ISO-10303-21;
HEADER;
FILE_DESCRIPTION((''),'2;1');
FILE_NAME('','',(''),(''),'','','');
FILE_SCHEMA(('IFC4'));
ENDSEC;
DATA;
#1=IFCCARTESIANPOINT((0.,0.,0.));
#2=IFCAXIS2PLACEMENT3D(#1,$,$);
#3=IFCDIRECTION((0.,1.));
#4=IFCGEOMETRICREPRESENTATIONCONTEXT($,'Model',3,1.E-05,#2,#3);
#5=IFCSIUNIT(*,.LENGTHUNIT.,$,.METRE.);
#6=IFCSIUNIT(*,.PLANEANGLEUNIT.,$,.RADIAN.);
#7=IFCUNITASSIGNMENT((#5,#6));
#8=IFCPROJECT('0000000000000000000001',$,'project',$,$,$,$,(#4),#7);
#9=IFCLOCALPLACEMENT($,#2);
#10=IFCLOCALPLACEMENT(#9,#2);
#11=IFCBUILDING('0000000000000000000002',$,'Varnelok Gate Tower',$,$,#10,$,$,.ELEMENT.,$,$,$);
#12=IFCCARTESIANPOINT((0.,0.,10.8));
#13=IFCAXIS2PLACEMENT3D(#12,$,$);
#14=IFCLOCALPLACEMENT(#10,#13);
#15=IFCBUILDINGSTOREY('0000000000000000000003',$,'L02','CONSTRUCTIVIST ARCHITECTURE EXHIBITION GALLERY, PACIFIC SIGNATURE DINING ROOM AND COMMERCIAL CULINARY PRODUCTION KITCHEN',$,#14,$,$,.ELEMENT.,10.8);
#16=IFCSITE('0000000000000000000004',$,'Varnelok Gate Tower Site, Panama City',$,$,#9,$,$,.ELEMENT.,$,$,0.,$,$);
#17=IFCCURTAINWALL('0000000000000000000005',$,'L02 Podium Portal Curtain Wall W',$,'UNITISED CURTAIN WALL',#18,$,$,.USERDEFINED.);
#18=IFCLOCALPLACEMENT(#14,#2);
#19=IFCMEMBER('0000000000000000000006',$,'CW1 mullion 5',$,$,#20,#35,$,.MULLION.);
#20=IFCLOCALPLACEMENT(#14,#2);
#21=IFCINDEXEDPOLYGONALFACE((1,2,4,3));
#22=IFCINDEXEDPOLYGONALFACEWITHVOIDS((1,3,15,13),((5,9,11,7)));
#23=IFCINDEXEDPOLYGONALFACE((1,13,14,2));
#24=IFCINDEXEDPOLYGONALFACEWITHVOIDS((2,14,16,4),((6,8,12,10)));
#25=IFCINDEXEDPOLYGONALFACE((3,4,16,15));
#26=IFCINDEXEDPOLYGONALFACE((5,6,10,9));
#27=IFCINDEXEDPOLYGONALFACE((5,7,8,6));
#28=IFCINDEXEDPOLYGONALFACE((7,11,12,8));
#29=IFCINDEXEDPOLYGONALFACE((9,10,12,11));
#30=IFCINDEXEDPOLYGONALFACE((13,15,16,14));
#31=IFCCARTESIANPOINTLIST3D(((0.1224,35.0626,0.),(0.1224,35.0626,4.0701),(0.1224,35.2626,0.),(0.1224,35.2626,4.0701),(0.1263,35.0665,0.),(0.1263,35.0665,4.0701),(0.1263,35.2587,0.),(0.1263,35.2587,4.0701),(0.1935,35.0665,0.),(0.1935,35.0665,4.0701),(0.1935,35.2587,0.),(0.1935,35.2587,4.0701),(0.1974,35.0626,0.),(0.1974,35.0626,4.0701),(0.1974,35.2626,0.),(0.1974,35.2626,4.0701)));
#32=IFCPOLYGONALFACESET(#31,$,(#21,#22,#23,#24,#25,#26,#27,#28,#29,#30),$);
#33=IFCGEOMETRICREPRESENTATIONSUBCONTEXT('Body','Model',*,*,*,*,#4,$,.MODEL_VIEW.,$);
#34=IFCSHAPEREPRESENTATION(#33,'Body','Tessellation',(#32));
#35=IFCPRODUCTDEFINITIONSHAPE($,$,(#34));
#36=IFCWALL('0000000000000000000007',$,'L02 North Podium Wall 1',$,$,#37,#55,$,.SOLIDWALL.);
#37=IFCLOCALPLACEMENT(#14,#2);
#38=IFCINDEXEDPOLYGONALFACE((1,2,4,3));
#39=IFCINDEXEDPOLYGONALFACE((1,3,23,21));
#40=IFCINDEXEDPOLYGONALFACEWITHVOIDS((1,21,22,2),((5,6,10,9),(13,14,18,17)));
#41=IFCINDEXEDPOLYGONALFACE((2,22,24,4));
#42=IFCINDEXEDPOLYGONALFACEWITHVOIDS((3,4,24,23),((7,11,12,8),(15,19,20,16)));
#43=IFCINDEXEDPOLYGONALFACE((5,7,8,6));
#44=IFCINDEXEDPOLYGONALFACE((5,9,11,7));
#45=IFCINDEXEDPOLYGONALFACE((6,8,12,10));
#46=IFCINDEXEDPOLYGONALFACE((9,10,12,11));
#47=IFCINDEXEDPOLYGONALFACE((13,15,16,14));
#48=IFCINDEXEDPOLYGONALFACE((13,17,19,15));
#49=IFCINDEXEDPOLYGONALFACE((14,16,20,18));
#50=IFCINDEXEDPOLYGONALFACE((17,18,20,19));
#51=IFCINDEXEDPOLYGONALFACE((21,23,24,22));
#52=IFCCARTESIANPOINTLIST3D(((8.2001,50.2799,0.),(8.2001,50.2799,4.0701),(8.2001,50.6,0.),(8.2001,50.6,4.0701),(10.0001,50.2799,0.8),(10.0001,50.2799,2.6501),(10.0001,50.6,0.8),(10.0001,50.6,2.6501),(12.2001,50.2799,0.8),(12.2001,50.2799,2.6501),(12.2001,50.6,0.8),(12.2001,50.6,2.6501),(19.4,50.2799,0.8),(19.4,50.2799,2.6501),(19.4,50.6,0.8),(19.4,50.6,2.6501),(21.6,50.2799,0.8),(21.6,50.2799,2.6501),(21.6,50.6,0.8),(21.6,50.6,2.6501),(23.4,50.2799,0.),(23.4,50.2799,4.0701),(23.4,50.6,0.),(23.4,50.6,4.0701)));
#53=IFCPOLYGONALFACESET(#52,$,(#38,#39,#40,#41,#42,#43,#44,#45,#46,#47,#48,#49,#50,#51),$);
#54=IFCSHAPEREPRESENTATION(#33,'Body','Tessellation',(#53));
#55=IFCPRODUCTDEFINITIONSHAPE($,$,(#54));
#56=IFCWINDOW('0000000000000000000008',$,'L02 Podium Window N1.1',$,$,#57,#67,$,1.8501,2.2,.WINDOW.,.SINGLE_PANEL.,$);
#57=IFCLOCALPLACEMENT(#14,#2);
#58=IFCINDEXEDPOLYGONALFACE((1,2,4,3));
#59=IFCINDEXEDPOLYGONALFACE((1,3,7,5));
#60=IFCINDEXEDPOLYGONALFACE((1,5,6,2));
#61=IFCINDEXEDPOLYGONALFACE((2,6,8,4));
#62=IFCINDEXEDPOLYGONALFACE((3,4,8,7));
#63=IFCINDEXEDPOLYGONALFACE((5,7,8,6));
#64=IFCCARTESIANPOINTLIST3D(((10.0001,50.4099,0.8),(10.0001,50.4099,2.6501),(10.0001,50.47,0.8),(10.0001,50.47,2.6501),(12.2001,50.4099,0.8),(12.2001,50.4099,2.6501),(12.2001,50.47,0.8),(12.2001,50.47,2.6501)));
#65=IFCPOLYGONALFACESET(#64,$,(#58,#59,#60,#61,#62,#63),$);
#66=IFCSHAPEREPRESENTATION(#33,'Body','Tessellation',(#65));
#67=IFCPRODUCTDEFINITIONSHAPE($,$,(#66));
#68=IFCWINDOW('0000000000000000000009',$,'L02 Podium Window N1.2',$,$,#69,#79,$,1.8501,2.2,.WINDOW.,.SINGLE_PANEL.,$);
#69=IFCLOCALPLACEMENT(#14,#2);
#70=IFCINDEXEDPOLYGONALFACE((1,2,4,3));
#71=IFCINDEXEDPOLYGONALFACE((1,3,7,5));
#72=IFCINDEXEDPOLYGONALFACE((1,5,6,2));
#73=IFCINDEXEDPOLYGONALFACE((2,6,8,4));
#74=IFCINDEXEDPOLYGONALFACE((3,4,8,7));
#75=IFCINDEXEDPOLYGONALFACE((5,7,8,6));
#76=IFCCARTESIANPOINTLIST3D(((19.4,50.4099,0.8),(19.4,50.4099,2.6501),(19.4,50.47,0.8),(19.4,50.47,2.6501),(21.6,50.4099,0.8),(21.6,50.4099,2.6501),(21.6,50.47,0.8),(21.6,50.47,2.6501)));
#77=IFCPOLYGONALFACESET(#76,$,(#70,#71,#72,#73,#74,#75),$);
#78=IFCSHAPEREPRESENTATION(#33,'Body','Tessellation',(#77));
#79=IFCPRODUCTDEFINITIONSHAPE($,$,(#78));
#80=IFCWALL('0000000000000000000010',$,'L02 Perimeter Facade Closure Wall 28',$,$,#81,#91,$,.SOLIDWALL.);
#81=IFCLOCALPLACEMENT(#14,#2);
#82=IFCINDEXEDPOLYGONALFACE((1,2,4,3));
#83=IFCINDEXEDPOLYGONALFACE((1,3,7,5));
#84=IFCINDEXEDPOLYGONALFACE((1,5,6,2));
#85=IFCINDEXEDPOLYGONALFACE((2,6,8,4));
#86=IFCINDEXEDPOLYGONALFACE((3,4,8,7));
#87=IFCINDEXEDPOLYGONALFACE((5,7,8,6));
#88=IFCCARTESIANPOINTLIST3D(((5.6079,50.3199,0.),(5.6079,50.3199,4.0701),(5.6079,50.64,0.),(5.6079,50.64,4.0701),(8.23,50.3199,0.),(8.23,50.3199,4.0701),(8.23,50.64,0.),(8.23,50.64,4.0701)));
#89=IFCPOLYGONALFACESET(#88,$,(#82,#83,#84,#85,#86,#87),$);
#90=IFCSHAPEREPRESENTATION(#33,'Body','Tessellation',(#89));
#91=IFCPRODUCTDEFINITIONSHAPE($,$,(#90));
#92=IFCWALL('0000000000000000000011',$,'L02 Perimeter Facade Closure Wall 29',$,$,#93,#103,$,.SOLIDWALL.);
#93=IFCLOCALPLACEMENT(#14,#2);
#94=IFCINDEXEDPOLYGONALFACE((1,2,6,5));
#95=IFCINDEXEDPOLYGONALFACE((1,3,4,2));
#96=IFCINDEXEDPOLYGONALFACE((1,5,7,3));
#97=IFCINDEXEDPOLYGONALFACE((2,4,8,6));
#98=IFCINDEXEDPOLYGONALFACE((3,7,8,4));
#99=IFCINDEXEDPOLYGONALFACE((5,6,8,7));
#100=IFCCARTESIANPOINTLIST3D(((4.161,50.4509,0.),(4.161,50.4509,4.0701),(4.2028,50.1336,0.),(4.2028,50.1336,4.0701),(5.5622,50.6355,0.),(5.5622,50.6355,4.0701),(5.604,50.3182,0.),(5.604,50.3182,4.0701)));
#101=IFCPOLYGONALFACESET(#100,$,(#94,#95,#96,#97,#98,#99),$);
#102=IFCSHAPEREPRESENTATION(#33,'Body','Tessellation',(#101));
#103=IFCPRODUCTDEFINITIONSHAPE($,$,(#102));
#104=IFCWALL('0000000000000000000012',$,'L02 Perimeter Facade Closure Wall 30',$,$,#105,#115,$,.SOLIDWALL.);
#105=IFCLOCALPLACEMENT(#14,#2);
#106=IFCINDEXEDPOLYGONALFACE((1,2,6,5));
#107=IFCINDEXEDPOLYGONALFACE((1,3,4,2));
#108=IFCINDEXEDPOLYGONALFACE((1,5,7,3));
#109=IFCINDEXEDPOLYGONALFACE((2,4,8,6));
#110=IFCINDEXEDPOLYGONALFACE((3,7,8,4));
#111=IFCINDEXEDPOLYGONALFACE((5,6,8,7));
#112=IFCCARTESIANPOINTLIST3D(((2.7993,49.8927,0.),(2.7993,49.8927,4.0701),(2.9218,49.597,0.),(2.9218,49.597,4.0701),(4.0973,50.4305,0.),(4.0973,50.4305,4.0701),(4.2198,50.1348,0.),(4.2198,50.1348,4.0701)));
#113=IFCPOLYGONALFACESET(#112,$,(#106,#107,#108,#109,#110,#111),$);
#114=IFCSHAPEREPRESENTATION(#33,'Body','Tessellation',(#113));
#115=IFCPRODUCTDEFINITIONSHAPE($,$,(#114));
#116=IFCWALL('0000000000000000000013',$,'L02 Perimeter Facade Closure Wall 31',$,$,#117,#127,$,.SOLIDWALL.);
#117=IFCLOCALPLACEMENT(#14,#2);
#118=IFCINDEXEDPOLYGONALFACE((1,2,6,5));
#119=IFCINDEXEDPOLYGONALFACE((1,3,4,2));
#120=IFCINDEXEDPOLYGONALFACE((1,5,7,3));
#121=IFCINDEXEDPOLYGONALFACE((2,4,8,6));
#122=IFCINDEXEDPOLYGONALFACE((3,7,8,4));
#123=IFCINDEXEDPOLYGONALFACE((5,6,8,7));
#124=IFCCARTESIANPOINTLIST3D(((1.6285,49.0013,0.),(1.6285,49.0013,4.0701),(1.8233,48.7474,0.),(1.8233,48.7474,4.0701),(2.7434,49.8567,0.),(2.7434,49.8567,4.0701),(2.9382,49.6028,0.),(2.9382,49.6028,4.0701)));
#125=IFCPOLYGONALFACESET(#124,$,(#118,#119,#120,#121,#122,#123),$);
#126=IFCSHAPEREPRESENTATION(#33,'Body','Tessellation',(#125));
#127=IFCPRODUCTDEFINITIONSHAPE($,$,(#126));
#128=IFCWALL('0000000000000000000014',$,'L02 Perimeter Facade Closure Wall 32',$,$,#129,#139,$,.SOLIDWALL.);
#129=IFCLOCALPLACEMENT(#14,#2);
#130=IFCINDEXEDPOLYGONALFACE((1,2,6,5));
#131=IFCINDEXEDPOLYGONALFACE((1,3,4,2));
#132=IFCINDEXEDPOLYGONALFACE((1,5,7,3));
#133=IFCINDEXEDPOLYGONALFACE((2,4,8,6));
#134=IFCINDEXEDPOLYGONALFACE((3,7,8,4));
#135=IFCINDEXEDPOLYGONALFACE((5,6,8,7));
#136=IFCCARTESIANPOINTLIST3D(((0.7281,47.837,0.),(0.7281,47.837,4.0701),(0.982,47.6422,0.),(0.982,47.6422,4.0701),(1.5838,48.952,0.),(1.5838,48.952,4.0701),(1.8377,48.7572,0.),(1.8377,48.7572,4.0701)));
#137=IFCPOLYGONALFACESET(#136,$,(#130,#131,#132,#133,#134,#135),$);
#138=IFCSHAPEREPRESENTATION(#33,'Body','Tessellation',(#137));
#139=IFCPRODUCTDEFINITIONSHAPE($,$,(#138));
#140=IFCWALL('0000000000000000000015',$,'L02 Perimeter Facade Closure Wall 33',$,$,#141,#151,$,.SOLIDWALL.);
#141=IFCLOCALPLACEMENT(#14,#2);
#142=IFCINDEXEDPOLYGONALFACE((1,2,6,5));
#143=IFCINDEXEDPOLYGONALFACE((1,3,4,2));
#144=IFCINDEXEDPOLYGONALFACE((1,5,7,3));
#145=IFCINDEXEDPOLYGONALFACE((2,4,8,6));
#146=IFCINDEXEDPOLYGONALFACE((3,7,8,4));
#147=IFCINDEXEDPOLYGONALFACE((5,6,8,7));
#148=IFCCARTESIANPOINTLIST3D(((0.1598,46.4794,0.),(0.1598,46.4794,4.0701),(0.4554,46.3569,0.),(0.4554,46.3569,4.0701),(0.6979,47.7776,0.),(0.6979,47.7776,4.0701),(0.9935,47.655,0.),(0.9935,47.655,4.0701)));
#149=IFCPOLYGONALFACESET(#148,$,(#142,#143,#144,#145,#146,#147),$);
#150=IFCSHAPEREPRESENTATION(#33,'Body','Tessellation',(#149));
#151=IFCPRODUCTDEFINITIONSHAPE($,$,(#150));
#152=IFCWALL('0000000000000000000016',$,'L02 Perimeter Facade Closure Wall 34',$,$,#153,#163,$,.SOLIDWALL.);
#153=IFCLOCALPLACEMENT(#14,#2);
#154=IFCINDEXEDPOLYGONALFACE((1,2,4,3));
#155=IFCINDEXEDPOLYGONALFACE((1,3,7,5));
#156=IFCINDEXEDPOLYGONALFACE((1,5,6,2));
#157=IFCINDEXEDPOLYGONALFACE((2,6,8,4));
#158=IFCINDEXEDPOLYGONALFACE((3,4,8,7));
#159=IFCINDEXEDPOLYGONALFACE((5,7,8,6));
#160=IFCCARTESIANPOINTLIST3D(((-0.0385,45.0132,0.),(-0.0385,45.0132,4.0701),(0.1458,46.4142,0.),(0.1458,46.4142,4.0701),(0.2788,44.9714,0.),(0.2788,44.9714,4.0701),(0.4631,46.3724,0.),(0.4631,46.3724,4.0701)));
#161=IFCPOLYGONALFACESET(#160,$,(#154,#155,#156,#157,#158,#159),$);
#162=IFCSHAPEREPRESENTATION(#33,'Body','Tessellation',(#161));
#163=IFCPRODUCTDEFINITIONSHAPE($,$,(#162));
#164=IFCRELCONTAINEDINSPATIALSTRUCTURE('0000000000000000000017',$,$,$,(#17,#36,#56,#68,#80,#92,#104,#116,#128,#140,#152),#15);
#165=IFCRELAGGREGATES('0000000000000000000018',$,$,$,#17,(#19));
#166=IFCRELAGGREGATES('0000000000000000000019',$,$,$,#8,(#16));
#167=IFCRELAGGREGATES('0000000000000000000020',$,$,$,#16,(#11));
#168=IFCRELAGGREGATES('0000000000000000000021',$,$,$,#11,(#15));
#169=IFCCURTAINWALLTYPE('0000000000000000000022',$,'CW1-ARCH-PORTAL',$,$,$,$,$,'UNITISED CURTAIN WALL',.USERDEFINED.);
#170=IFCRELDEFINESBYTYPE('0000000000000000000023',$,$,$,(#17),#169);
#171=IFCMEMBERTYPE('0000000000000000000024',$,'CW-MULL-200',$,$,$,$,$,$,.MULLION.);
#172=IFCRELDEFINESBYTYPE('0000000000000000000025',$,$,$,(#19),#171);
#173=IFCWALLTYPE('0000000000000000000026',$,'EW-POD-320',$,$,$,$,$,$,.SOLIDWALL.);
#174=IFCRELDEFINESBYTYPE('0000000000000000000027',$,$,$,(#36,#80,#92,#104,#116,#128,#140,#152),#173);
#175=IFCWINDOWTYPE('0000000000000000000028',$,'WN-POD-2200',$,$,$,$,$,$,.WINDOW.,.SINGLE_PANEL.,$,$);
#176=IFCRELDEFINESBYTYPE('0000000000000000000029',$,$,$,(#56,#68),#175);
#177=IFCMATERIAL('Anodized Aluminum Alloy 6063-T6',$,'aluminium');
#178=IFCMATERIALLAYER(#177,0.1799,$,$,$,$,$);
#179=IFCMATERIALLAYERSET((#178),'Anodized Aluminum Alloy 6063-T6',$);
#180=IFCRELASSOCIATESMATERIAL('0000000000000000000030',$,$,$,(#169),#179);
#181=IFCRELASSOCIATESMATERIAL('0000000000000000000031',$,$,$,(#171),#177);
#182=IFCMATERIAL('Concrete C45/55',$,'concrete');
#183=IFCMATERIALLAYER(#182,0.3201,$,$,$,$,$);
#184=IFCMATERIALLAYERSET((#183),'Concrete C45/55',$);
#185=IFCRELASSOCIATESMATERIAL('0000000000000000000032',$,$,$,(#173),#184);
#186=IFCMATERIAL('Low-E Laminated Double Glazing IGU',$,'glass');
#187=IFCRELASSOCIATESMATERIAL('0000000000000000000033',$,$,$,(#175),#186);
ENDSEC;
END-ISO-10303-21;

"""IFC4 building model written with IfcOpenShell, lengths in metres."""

from ifc_helpers import new_model, si_unit, direction, frame, frame_2d, origin, origin_2d, place, context, subcontext, project, spatial, rectangle, hollow_rectangle, extrude, material, layer, layer_set, material_profile, profile_set, type_object, element, fill, aggregate, save


model = new_model("IFC4")

# Units and contexts
model_context = context("Model", 3, precision=1e-05, world=origin(), true_north=direction((0.0, 1.0)))
body_context = subcontext(model_context, "Body", "Model", "MODEL_VIEW")
ifc_project = project(units=[si_unit("LENGTHUNIT", "METRE"), si_unit("PLANEANGLEUNIT", "RADIAN")], contexts=[model_context])

# Site, building, storey
site_placement = place(None, origin())
site = spatial("IfcSite", under=ifc_project, at=site_placement, Name="Varnelok Gate Tower Site, Panama City", CompositionType="ELEMENT", RefElevation=0.0)
building_placement = place(site_placement, origin())
building = spatial("IfcBuilding", under=site, at=building_placement, Name="Varnelok Gate Tower", CompositionType="ELEMENT")
storey_placement = place(building_placement, frame((0.0, 0.0, 10.8)))
storey = spatial("IfcBuildingStorey", under=building, at=storey_placement, Name="L02", Description="CONSTRUCTIVIST ARCHITECTURE EXHIBITION GALLERY, PACIFIC SIGNATURE DINING ROOM AND COMMERCIAL CULINARY PRODUCTION KITCHEN", CompositionType="ELEMENT", Elevation=10.8)

# Curtain wall, member
ifc_material_1 = material(Name="Anodized Aluminum Alloy 6063-T6", Category="aluminium")
ifc_layer_1 = layer(ifc_material_1, 0.1799)
ifc_layer_set_1 = layer_set([ifc_layer_1], Name="Anodized Aluminum Alloy 6063-T6")
curtain_wall_type = type_object("IfcCurtainWallType", Name="CW1-ARCH-PORTAL", ElementType="UNITISED CURTAIN WALL", PredefinedType="USERDEFINED", material=ifc_layer_set_1)
curtain_wall_placement = place(storey_placement, origin())
curtain_wall = element("IfcCurtainWall", 1, at=curtain_wall_placement, inside=storey, type_object=curtain_wall_type, Name="L02 Podium Portal Curtain Wall W", ObjectType="UNITISED CURTAIN WALL", PredefinedType="USERDEFINED")
ifc_material_profile_1 = material_profile(ifc_material_1, hollow_rectangle(XDim=0.075, YDim=0.2, WallThickness=0.0039, at=origin_2d()), Name="ALU200X75X4")
ifc_profile_set_1 = profile_set([ifc_material_profile_1], Name="Anodized Aluminum Alloy 6063-T6")
member_type = type_object("IfcMemberType", Name="CW-MULL-200", PredefinedType="MULLION", material=ifc_profile_set_1)
member_placement = place(storey_placement, frame((0.1599, 35.1626, 0.0), z_axis=(0.0, 0.0, 1.0), x_axis=(-1.0, 0.0, 0.0)))
member = element("IfcMember", 2, at=member_placement, type_object=member_type, Name="CW1 mullion 5", PredefinedType="MULLION", context=body_context, shape_type="SweptSolid", body=[
    extrude(hollow_rectangle(XDim=0.075, YDim=0.2, WallThickness=0.0039, at=origin_2d()), origin(), (0.0, 0.0, 1.0), 4.0701),
])
aggregate(curtain_wall, [member])

# Wall, openings, windows
ifc_material_2 = material(Name="Concrete C45/55", Category="concrete")
ifc_layer_2 = layer(ifc_material_2, 0.3201)
ifc_layer_set_2 = layer_set([ifc_layer_2], Name="Concrete C45/55")
wall_type_1 = type_object("IfcWallType", Name="EW-POD-320", PredefinedType="SOLIDWALL", material=ifc_layer_set_2)
wall_1_placement = place(storey_placement, frame((8.2, 50.4399, 0.0), z_axis=(0.0, 0.0, 1.0), x_axis=(1.0, 0.0, 0.0)))
wall_1 = element("IfcWall", 3, at=wall_1_placement, inside=storey, type_object=wall_type_1, Name="L02 North Podium Wall 1", PredefinedType="SOLIDWALL", context=body_context, shape_type="SweptSolid", body=[
    extrude(rectangle(XDim=15.2, YDim=0.3201, at=frame_2d((7.6001, 0.0))), origin(), (0.0, 0.0, 1.0), 4.0701),
])
opening_1_placement = place(wall_1_placement, frame((1.8, 0.0, 0.8)))
opening_1 = element("IfcOpeningElement", 4, at=opening_1_placement, cuts=wall_1, PredefinedType="OPENING", context=body_context, shape_type="SweptSolid", body=[
    extrude(rectangle(XDim=2.2, YDim=1.8501, at=frame_2d((1.1001, 0.925))), frame((0.0, 0.1699, 0.0), z_axis=(0.0, -1.0, 0.0), x_axis=(1.0, 0.0, 0.0)), (0.0, 0.0, 1.0), 0.3401),
])
opening_2_placement = place(wall_1_placement, frame((11.2, 0.0, 0.8)))
opening_2 = element("IfcOpeningElement", 5, at=opening_2_placement, cuts=wall_1, PredefinedType="OPENING", context=body_context, shape_type="SweptSolid", body=[
    extrude(rectangle(XDim=2.2, YDim=1.8501, at=frame_2d((1.1001, 0.925))), frame((0.0, 0.1699, 0.0), z_axis=(0.0, -1.0, 0.0), x_axis=(1.0, 0.0, 0.0)), (0.0, 0.0, 1.0), 0.3401),
])
ifc_material_3 = material(Name="Low-E Laminated Double Glazing IGU", Category="glass")
window_type_1 = type_object("IfcWindowType", Name="WN-POD-2200", PartitioningType="SINGLE_PANEL", PredefinedType="WINDOW", material=ifc_material_3)
window_1_placement = place(opening_1_placement, origin())
window_1 = element("IfcWindow", 6, at=window_1_placement, inside=storey, type_object=window_type_1, Name="L02 Podium Window N1.1", OverallHeight=1.8501, OverallWidth=2.2, PartitioningType="SINGLE_PANEL", PredefinedType="WINDOW", context=body_context, shape_type="SweptSolid", body=[
    extrude(rectangle(XDim=2.2, YDim=1.8501, at=frame_2d((1.1001, 0.925))), frame((0.0, 0.03, 0.0), z_axis=(0.0, -1.0, 0.0), x_axis=(1.0, 0.0, 0.0)), (0.0, 0.0, 1.0), 0.0601),
])
fill(opening_1, window_1)
window_2_placement = place(opening_2_placement, origin())
window_2 = element("IfcWindow", 7, at=window_2_placement, inside=storey, type_object=window_type_1, Name="L02 Podium Window N1.2", OverallHeight=1.8501, OverallWidth=2.2, PartitioningType="SINGLE_PANEL", PredefinedType="WINDOW", context=body_context, shape_type="SweptSolid", body=[
    extrude(rectangle(XDim=2.2, YDim=1.8501, at=frame_2d((1.1001, 0.925))), frame((0.0, 0.03, 0.0), z_axis=(0.0, -1.0, 0.0), x_axis=(1.0, 0.0, 0.0)), (0.0, 0.0, 1.0), 0.0601),
])
fill(opening_2, window_2)

# Walls
wall_2_placement = place(storey_placement, frame((8.23, 50.48, 0.0), z_axis=(0.0, 0.0, 1.0), x_axis=(-1.0, 0.0, 0.0)))
element("IfcWall", 8, at=wall_2_placement, inside=storey, type_object=wall_type_1, Name="L02 Perimeter Facade Closure Wall 28", PredefinedType="SOLIDWALL", context=body_context, shape_type="SweptSolid", body=[
    extrude(rectangle(XDim=2.6221, YDim=0.3201, at=frame_2d((1.311, 0.0))), origin(), (0.0, 0.0, 1.0), 4.0701),
])
wall_3_placement = place(storey_placement, frame((5.583, 50.4768, 0.0), z_axis=(0.0, 0.0, 1.0), x_axis=(-0.991435, -0.130602, 0.0)))
element("IfcWall", 9, at=wall_3_placement, inside=storey, type_object=wall_type_1, Name="L02 Perimeter Facade Closure Wall 29", PredefinedType="SOLIDWALL", context=body_context, shape_type="SweptSolid", body=[
    extrude(rectangle(XDim=1.4133, YDim=0.3201, at=frame_2d((0.7065, 0.0))), origin(), (0.0, 0.0, 1.0), 4.0701),
])
wall_4_placement = place(storey_placement, frame((4.1587, 50.2827, 0.0), z_axis=(0.0, 0.0, 1.0), x_axis=(-0.923841, -0.382776, 0.0)))
element("IfcWall", 10, at=wall_4_placement, inside=storey, type_object=wall_type_1, Name="L02 Perimeter Facade Closure Wall 30", PredefinedType="SOLIDWALL", context=body_context, shape_type="SweptSolid", body=[
    extrude(rectangle(XDim=1.405, YDim=0.3201, at=frame_2d((0.7026, 0.0))), origin(), (0.0, 0.0, 1.0), 4.0701),
])
wall_5_placement = place(storey_placement, frame((2.8408, 49.7297, 0.0), z_axis=(0.0, 0.0, 1.0), x_axis=(-0.793385, -0.60872, 0.0)))
element("IfcWall", 11, at=wall_5_placement, inside=storey, type_object=wall_type_1, Name="L02 Perimeter Facade Closure Wall 31", PredefinedType="SOLIDWALL", context=body_context, shape_type="SweptSolid", body=[
    extrude(rectangle(XDim=1.4053, YDim=0.3201, at=frame_2d((0.7026, 0.0))), origin(), (0.0, 0.0, 1.0), 4.0701),
])
wall_6_placement = place(storey_placement, frame((1.7107, 48.8545, 0.0), z_axis=(0.0, 0.0, 1.0), x_axis=(-0.608829, -0.793302, 0.0)))
element("IfcWall", 12, at=wall_6_placement, inside=storey, type_object=wall_type_1, Name="L02 Perimeter Facade Closure Wall 32", PredefinedType="SOLIDWALL", context=body_context, shape_type="SweptSolid", body=[
    extrude(rectangle(XDim=1.4055, YDim=0.3201, at=frame_2d((0.7026, 0.0))), origin(), (0.0, 0.0, 1.0), 4.0701),
])
wall_7_placement = place(storey_placement, frame((0.8457, 47.7163, 0.0), z_axis=(0.0, 0.0, 1.0), x_axis=(-0.382925, -0.92378, 0.0)))
element("IfcWall", 13, at=wall_7_placement, inside=storey, type_object=wall_type_1, Name="L02 Perimeter Facade Closure Wall 33", PredefinedType="SOLIDWALL", context=body_context, shape_type="SweptSolid", body=[
    extrude(rectangle(XDim=1.4053, YDim=0.3201, at=frame_2d((0.7026, 0.0))), origin(), (0.0, 0.0, 1.0), 4.0701),
])
wall_8_placement = place(storey_placement, frame((0.3044, 46.3933, 0.0), z_axis=(0.0, 0.0, 1.0), x_axis=(-0.130432, -0.991457, 0.0)))
element("IfcWall", 14, at=wall_8_placement, inside=storey, type_object=wall_type_1, Name="L02 Perimeter Facade Closure Wall 34", PredefinedType="SOLIDWALL", context=body_context, shape_type="SweptSolid", body=[
    extrude(rectangle(XDim=1.4131, YDim=0.3201, at=frame_2d((0.7065, 0.0))), origin(), (0.0, 0.0, 1.0), 4.0701),
])

save(model, "model.ifc")
